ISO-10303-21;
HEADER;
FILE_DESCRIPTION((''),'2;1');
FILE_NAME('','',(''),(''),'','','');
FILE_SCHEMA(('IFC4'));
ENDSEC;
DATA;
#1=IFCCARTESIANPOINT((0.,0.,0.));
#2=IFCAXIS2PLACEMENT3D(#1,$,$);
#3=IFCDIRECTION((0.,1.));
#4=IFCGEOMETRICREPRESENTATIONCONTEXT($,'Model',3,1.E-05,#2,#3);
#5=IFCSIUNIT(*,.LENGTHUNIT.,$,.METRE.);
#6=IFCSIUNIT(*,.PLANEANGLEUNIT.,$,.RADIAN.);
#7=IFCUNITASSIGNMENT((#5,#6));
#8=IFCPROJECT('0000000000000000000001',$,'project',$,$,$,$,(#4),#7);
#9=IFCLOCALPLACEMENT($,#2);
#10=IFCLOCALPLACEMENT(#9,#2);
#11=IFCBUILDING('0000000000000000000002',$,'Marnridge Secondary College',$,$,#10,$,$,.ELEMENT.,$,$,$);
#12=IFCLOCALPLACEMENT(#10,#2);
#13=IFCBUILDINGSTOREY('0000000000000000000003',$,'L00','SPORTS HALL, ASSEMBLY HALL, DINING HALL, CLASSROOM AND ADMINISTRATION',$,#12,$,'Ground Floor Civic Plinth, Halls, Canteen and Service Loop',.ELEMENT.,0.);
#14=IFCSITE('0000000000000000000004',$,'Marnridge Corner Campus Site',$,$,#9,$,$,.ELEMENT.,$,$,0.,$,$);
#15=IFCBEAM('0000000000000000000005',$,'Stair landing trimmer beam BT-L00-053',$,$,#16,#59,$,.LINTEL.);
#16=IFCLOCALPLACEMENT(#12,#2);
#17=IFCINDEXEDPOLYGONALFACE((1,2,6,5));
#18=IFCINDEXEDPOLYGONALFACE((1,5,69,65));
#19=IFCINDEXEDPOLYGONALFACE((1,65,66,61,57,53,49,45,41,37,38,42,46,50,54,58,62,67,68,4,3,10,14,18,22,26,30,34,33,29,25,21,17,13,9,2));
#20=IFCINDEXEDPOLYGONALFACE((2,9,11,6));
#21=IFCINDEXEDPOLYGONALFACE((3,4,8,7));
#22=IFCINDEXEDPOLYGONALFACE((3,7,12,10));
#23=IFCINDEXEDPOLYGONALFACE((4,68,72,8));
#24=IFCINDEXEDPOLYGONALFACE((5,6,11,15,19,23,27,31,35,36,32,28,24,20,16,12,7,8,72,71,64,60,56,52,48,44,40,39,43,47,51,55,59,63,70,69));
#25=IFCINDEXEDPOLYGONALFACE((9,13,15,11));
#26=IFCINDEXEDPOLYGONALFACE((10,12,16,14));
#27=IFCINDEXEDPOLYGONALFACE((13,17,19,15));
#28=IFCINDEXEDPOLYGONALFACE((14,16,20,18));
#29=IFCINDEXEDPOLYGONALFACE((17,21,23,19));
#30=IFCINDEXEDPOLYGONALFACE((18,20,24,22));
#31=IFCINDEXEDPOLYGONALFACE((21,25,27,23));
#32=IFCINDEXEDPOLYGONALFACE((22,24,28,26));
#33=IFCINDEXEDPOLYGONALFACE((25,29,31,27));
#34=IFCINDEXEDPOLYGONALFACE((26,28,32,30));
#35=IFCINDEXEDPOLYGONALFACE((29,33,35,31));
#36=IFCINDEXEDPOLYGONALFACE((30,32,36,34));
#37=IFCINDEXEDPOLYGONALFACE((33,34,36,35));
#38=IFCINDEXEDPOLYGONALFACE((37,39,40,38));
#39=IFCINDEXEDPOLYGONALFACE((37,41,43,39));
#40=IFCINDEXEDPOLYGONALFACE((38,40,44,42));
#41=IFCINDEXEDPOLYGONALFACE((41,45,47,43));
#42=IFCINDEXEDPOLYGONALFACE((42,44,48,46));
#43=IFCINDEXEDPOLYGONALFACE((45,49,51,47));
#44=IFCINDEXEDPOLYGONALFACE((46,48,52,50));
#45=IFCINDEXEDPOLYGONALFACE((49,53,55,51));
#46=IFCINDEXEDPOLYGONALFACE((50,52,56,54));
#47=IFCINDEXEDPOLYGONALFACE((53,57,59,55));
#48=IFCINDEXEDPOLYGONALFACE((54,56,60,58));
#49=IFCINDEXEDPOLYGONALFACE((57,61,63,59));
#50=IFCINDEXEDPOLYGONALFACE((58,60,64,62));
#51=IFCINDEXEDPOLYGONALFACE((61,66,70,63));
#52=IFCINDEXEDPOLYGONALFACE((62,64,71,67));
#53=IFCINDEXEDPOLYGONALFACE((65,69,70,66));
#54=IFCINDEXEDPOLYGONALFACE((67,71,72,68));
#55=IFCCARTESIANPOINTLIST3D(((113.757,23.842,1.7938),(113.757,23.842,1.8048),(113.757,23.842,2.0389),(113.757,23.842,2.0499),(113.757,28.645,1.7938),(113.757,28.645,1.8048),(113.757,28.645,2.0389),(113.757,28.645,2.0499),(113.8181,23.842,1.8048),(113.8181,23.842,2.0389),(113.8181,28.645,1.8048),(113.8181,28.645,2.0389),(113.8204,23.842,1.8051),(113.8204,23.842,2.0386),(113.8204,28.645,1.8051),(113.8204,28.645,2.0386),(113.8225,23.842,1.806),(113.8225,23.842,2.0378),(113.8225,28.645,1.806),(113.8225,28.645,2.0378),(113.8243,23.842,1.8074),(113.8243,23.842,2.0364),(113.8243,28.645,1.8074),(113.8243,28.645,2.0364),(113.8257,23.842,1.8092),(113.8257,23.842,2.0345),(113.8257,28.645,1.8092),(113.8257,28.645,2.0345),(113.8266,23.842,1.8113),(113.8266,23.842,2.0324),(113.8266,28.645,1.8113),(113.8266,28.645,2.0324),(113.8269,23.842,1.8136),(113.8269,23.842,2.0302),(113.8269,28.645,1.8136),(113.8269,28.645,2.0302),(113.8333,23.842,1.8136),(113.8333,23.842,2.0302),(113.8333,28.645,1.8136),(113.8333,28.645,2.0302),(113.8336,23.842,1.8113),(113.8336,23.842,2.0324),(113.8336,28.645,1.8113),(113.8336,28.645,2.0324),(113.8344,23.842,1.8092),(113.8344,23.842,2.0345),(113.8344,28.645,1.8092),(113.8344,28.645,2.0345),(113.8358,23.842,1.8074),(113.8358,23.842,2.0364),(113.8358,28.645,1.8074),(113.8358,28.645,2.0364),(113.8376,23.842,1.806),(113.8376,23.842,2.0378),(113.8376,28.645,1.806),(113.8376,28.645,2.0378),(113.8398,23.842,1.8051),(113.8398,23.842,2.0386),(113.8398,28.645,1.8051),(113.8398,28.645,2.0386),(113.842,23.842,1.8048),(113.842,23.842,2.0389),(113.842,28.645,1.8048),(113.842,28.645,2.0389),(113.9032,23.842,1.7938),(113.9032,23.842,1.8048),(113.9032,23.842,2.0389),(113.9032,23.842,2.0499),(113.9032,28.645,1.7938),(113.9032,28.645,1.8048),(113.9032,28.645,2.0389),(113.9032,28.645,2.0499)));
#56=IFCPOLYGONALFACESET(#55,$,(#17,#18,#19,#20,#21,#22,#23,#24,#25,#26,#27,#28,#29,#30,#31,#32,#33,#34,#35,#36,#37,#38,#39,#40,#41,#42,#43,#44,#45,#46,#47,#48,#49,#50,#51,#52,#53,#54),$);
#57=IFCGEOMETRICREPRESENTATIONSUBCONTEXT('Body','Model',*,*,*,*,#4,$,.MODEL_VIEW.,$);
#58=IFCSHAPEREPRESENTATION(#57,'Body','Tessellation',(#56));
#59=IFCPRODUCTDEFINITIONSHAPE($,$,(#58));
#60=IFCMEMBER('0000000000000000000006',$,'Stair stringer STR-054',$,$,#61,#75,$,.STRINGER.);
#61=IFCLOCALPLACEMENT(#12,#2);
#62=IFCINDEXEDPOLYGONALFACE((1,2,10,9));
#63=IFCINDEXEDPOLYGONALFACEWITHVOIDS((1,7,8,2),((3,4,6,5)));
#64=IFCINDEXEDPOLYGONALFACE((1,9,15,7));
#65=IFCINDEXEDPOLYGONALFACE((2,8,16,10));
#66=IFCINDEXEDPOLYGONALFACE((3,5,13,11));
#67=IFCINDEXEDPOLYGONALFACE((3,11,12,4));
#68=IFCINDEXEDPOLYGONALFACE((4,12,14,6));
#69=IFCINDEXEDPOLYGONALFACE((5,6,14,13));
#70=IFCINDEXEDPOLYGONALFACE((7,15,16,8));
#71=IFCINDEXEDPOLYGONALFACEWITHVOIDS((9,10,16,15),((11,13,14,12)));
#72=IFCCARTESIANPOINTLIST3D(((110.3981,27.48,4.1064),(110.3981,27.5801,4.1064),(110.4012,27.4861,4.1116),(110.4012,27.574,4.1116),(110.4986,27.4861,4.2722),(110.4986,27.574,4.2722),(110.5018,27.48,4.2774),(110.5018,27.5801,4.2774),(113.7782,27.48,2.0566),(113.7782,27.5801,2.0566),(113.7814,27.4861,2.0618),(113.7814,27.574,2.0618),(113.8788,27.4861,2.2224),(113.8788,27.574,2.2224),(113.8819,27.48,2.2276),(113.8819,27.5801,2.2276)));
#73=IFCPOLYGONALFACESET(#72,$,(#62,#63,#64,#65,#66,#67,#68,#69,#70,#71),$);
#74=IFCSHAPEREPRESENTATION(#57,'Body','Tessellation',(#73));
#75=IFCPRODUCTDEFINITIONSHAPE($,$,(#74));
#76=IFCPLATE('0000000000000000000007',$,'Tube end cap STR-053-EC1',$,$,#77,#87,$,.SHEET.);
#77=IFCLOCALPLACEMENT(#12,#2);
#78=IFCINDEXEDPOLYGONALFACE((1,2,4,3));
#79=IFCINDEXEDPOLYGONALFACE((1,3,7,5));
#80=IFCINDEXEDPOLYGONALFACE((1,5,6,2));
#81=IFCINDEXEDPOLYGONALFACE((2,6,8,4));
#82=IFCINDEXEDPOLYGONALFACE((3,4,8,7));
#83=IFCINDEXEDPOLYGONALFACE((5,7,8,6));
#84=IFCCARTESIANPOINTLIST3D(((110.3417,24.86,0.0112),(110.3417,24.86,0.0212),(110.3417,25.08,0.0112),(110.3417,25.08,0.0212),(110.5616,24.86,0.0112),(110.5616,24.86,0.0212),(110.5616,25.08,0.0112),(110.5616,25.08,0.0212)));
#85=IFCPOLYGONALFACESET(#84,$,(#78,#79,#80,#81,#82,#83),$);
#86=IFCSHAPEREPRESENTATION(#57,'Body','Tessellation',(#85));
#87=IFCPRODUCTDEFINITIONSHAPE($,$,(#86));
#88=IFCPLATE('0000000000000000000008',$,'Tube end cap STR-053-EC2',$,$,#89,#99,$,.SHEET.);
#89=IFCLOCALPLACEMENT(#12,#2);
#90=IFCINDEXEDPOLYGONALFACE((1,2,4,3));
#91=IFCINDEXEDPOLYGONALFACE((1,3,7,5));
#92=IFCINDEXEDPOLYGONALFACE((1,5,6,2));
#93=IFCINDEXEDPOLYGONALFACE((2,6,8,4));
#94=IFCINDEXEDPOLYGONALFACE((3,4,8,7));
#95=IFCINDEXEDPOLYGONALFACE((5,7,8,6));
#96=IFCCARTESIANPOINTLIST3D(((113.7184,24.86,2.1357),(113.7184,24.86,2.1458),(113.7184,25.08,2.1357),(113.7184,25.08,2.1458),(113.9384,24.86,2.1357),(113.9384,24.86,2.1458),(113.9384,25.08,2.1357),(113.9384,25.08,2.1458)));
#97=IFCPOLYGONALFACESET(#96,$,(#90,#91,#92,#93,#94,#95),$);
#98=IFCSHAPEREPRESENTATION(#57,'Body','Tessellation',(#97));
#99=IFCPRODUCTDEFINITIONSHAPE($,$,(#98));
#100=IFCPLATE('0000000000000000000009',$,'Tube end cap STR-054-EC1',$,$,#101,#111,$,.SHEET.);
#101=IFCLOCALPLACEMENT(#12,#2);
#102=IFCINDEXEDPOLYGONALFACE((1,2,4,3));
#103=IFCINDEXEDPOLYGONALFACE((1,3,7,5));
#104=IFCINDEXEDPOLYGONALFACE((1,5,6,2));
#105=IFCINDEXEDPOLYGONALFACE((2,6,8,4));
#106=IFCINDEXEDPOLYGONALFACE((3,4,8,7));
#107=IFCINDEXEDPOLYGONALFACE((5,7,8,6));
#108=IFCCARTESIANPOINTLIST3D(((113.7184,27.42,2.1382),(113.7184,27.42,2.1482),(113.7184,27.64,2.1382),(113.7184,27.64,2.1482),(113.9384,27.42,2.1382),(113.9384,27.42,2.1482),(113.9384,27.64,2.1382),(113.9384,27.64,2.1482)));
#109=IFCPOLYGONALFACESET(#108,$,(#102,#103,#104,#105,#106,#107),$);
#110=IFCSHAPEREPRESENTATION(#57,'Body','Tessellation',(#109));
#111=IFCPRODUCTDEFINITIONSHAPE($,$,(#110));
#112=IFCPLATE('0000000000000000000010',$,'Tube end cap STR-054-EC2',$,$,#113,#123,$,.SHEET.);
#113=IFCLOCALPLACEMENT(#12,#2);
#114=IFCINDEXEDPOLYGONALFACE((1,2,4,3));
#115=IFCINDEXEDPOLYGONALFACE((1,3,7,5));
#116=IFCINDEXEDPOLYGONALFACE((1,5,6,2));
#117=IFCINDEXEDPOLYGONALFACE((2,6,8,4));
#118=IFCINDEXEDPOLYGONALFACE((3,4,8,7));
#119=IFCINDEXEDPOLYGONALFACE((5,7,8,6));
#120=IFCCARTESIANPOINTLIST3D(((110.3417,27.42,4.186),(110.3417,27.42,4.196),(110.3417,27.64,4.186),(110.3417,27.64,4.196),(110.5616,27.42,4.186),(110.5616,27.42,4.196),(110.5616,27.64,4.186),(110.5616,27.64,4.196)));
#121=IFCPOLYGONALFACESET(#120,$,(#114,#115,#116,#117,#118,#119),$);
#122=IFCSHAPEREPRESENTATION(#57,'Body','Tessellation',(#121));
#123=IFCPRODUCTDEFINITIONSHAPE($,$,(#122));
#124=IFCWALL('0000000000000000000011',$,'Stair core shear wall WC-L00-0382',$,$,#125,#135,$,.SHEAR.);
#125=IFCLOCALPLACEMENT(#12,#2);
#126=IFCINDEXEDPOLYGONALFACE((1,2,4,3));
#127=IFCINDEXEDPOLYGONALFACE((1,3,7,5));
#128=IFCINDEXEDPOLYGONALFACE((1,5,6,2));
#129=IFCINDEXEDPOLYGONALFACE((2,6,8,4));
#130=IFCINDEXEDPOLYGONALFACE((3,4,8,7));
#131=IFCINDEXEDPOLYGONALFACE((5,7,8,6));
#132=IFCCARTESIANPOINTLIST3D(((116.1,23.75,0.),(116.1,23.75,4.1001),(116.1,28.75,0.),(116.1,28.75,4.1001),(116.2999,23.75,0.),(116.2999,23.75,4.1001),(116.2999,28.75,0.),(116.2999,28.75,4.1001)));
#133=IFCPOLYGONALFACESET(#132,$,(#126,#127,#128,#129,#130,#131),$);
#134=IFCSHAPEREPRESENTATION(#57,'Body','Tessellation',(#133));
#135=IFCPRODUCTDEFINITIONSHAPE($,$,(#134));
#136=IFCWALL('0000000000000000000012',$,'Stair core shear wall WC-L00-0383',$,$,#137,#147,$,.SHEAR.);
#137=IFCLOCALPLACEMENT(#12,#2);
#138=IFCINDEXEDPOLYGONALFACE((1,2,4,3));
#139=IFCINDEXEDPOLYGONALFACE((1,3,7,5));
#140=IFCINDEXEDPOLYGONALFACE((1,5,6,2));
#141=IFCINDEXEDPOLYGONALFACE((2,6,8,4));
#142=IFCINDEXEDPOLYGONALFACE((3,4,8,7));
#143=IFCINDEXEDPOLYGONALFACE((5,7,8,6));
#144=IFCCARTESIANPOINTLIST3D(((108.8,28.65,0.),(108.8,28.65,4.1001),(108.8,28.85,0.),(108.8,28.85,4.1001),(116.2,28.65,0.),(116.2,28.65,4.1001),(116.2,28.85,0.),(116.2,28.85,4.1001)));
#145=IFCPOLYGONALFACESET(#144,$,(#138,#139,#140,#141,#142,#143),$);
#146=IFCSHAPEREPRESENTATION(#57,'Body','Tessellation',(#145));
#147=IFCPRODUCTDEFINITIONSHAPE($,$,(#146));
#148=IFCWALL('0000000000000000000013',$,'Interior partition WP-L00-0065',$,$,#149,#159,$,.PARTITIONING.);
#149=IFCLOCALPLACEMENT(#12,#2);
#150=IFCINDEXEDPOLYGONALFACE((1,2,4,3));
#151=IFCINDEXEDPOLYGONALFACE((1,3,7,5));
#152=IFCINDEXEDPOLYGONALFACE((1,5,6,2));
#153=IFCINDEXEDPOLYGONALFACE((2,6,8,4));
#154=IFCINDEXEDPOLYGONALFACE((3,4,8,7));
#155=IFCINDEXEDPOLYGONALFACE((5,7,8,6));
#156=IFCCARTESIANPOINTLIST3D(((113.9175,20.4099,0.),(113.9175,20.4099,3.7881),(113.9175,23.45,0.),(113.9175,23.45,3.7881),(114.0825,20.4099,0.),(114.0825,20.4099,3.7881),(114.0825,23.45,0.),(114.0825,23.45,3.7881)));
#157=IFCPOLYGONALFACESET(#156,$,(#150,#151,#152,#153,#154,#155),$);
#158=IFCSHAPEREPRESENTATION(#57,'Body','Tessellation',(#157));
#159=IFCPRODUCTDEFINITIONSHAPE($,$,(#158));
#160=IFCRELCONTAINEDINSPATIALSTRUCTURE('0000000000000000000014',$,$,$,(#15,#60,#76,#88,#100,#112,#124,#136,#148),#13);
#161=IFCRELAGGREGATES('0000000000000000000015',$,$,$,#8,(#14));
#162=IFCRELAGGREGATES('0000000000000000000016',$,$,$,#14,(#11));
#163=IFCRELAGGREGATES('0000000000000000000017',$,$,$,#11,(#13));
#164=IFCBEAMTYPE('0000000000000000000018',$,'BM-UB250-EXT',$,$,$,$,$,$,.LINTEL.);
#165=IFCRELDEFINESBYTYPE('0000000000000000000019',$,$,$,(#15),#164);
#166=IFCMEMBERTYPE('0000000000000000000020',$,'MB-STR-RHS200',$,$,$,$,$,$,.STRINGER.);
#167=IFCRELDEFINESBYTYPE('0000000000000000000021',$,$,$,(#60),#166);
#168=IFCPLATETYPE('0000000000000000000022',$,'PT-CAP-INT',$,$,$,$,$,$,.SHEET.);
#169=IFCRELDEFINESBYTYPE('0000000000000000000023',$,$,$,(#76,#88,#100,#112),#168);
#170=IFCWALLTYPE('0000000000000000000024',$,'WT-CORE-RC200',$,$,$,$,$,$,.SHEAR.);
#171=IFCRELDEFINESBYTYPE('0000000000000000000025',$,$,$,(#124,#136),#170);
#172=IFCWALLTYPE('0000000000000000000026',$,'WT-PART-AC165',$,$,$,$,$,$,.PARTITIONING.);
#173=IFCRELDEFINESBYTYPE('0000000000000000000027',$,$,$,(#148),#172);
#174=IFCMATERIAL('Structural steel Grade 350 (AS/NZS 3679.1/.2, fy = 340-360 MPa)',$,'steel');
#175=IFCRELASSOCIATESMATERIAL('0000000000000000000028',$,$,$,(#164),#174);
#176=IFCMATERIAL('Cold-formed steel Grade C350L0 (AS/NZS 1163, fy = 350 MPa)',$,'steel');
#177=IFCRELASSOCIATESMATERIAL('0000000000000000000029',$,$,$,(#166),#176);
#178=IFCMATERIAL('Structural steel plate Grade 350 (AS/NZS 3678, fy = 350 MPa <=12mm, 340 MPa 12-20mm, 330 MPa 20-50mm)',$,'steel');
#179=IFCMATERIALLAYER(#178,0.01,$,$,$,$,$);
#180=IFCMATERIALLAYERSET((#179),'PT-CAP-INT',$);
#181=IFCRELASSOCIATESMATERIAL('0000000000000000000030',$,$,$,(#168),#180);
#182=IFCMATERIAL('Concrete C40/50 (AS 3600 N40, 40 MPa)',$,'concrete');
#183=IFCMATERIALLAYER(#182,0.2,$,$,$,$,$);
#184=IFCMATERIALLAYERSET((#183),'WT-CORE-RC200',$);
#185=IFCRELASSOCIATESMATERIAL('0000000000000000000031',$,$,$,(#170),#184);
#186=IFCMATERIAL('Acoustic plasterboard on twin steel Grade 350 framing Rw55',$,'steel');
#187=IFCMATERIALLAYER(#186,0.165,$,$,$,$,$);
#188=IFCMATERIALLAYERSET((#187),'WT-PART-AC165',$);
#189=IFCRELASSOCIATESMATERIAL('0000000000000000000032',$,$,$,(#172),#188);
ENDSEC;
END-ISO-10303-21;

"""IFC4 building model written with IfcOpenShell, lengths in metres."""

from ifc_helpers import new_model, si_unit, direction, frame, frame_2d, origin, origin_2d, place, context, subcontext, project, spatial, rectangle, hollow_rectangle, i_section, extrude, material, layer, layer_set, material_profile, profile_set, type_object, element, save


model = new_model("IFC4")

# Units and contexts
model_context = context("Model", 3, precision=1e-05, world=origin(), true_north=direction((0.0, 1.0)))
body_context = subcontext(model_context, "Body", "Model", "MODEL_VIEW")
ifc_project = project(units=[si_unit("LENGTHUNIT", "METRE"), si_unit("PLANEANGLEUNIT", "RADIAN")], contexts=[model_context])

# Site, building, storey
site_placement = place(None, origin())
site = spatial("IfcSite", under=ifc_project, at=site_placement, Name="Marnridge Corner Campus Site", CompositionType="ELEMENT", RefElevation=0.0)
building_placement = place(site_placement, origin())
building = spatial("IfcBuilding", under=site, at=building_placement, Name="Marnridge Secondary College", CompositionType="ELEMENT")
storey_placement = place(building_placement, origin())
storey = spatial("IfcBuildingStorey", under=building, at=storey_placement, Name="L00", Description="SPORTS HALL, ASSEMBLY HALL, DINING HALL, CLASSROOM AND ADMINISTRATION", LongName="Ground Floor Civic Plinth, Halls, Canteen and Service Loop", CompositionType="ELEMENT", Elevation=0.0)

# Beam
ifc_material_1 = material(Name="Structural steel Grade 350 (AS/NZS 3679.1/.2, fy = 340-360 MPa)", Category="steel")
ifc_material_profile_1 = material_profile(ifc_material_1, i_section(OverallWidth=0.1462, OverallDepth=0.2561, WebThickness=0.0063, FlangeThickness=0.011, FilletRadius=0.0088, at=origin_2d()), Name="250UB37.3")
ifc_profile_set_1 = profile_set([ifc_material_profile_1], Name="Structural steel Grade 350 (AS/NZS 3679.1/.2, fy = 340-360 MPa)")
beam_type = type_object("IfcBeamType", Name="BM-UB250-EXT", PredefinedType="LINTEL", material=ifc_profile_set_1)
beam_placement = place(storey_placement, frame((113.8301, 23.842, 1.9219), z_axis=(0.0, 1.0, 0.0), x_axis=(-1.0, 0.0, 0.0)))
element("IfcBeam", 1, at=beam_placement, inside=storey, type_object=beam_type, Name="Stair landing trimmer beam BT-L00-053", PredefinedType="LINTEL", context=body_context, shape_type="SweptSolid", body=[
    extrude(i_section(OverallWidth=0.1462, OverallDepth=0.2561, WebThickness=0.0063, FlangeThickness=0.011, FilletRadius=0.0088, at=origin_2d()), origin(), (0.0, 0.0, 1.0), 4.803),
])

# Member
ifc_material_2 = material(Name="Cold-formed steel Grade C350L0 (AS/NZS 1163, fy = 350 MPa)", Category="steel")
ifc_material_profile_2 = material_profile(ifc_material_2, hollow_rectangle(XDim=0.1001, YDim=0.2, WallThickness=0.0061, at=origin_2d()), Name="200x100x6.0RHS")
ifc_profile_set_2 = profile_set([ifc_material_profile_2], Name="Cold-formed steel Grade C350L0 (AS/NZS 1163, fy = 350 MPa)")
member_type = type_object("IfcMemberType", Name="MB-STR-RHS200", PredefinedType="STRINGER", material=ifc_profile_set_2)
member_placement = place(storey_placement, frame((113.8301, 27.53, 2.1421), z_axis=(-0.855058, 0.0, 0.518532), x_axis=(0.0, -1.0, 0.0)))
element("IfcMember", 2, at=member_placement, inside=storey, type_object=member_type, Name="Stair stringer STR-054", PredefinedType="STRINGER", context=body_context, shape_type="SweptSolid", body=[
    extrude(hollow_rectangle(XDim=0.1001, YDim=0.2, WallThickness=0.0061, at=origin_2d()), origin(), (0.0, 0.0, 1.0), 3.9531),
])

# Plates
ifc_material_3 = material(Name="Structural steel plate Grade 350 (AS/NZS 3678, fy = 350 MPa <=12mm, 340 MPa 12-20mm, 330 MPa 20-50mm)", Category="steel")
ifc_layer_1 = layer(ifc_material_3, 0.01)
ifc_layer_set_1 = layer_set([ifc_layer_1], Name="PT-CAP-INT")
plate_type = type_object("IfcPlateType", Name="PT-CAP-INT", PredefinedType="SHEET", material=ifc_layer_set_1)
for number, where, z_axis, x_axis, name in (
    (3, (110.4517, 24.97, 0.0112), (0.0, 0.0, 1.0), (1.0, 0.0, 0.0), "Tube end cap STR-053-EC1"),
    (4, (113.8284, 24.97, 2.1357), (0.0, 0.0, 1.0), (1.0, 0.0, 0.0), "Tube end cap STR-053-EC2"),
    (5, (113.8284, 27.53, 2.1382), (0.0, 0.0, 1.0), (-1.0, 0.0, 0.0), "Tube end cap STR-054-EC1"),
    (6, (110.4517, 27.53, 4.186), (0.0, 0.0, 1.0), (-1.0, 0.0, 0.0), "Tube end cap STR-054-EC2"),
):
    element("IfcPlate", number, at=place(storey_placement, frame(where, z_axis=z_axis, x_axis=x_axis)), inside=storey, type_object=plate_type, Name=name, PredefinedType="SHEET", context=body_context, shape_type="SweptSolid", body=[
        extrude(rectangle(XDim=0.22, YDim=0.22, at=origin_2d()), origin(), (0.0, 0.0, 1.0), 0.01),
    ])

# Walls
ifc_material_4 = material(Name="Concrete C40/50 (AS 3600 N40, 40 MPa)", Category="concrete")
ifc_layer_2 = layer(ifc_material_4, 0.2)
ifc_layer_set_2 = layer_set([ifc_layer_2], Name="WT-CORE-RC200")
wall_type_1 = type_object("IfcWallType", Name="WT-CORE-RC200", PredefinedType="SHEAR", material=ifc_layer_set_2)
wall_1_placement = place(storey_placement, frame((116.2, 23.75, 0.0), z_axis=(0.0, 0.0, 1.0), x_axis=(0.0, 1.0, 0.0)))
element("IfcWall", 7, at=wall_1_placement, inside=storey, type_object=wall_type_1, Name="Stair core shear wall WC-L00-0382", PredefinedType="SHEAR", context=body_context, shape_type="SweptSolid", body=[
    extrude(rectangle(XDim=5.0, YDim=0.2, at=frame_2d((2.5, 0.0))), origin(), (0.0, 0.0, 1.0), 4.1001),
])
wall_2_placement = place(storey_placement, frame((116.2, 28.75, 0.0), z_axis=(0.0, 0.0, 1.0), x_axis=(-1.0, 0.0, 0.0)))
element("IfcWall", 8, at=wall_2_placement, inside=storey, type_object=wall_type_1, Name="Stair core shear wall WC-L00-0383", PredefinedType="SHEAR", context=body_context, shape_type="SweptSolid", body=[
    extrude(rectangle(XDim=7.3999, YDim=0.2, at=frame_2d((3.7, 0.0))), origin(), (0.0, 0.0, 1.0), 4.1001),
])

# Wall
ifc_material_5 = material(Name="Acoustic plasterboard on twin steel Grade 350 framing Rw55", Category="steel")
ifc_layer_3 = layer(ifc_material_5, 0.165)
ifc_layer_set_3 = layer_set([ifc_layer_3], Name="WT-PART-AC165")
wall_type_2 = type_object("IfcWallType", Name="WT-PART-AC165", PredefinedType="PARTITIONING", material=ifc_layer_set_3)
wall_3_placement = place(storey_placement, frame((114.0, 23.45, 0.0), z_axis=(0.0, 0.0, 1.0), x_axis=(0.0, -1.0, 0.0)))
element("IfcWall", 9, at=wall_3_placement, inside=storey, type_object=wall_type_2, Name="Interior partition WP-L00-0065", PredefinedType="PARTITIONING", context=body_context, shape_type="SweptSolid", body=[
    extrude(rectangle(XDim=3.04, YDim=0.165, at=frame_2d((1.52, 0.0))), origin(), (0.0, 0.0, 1.0), 3.7881),
])

save(model, "model.ifc")
